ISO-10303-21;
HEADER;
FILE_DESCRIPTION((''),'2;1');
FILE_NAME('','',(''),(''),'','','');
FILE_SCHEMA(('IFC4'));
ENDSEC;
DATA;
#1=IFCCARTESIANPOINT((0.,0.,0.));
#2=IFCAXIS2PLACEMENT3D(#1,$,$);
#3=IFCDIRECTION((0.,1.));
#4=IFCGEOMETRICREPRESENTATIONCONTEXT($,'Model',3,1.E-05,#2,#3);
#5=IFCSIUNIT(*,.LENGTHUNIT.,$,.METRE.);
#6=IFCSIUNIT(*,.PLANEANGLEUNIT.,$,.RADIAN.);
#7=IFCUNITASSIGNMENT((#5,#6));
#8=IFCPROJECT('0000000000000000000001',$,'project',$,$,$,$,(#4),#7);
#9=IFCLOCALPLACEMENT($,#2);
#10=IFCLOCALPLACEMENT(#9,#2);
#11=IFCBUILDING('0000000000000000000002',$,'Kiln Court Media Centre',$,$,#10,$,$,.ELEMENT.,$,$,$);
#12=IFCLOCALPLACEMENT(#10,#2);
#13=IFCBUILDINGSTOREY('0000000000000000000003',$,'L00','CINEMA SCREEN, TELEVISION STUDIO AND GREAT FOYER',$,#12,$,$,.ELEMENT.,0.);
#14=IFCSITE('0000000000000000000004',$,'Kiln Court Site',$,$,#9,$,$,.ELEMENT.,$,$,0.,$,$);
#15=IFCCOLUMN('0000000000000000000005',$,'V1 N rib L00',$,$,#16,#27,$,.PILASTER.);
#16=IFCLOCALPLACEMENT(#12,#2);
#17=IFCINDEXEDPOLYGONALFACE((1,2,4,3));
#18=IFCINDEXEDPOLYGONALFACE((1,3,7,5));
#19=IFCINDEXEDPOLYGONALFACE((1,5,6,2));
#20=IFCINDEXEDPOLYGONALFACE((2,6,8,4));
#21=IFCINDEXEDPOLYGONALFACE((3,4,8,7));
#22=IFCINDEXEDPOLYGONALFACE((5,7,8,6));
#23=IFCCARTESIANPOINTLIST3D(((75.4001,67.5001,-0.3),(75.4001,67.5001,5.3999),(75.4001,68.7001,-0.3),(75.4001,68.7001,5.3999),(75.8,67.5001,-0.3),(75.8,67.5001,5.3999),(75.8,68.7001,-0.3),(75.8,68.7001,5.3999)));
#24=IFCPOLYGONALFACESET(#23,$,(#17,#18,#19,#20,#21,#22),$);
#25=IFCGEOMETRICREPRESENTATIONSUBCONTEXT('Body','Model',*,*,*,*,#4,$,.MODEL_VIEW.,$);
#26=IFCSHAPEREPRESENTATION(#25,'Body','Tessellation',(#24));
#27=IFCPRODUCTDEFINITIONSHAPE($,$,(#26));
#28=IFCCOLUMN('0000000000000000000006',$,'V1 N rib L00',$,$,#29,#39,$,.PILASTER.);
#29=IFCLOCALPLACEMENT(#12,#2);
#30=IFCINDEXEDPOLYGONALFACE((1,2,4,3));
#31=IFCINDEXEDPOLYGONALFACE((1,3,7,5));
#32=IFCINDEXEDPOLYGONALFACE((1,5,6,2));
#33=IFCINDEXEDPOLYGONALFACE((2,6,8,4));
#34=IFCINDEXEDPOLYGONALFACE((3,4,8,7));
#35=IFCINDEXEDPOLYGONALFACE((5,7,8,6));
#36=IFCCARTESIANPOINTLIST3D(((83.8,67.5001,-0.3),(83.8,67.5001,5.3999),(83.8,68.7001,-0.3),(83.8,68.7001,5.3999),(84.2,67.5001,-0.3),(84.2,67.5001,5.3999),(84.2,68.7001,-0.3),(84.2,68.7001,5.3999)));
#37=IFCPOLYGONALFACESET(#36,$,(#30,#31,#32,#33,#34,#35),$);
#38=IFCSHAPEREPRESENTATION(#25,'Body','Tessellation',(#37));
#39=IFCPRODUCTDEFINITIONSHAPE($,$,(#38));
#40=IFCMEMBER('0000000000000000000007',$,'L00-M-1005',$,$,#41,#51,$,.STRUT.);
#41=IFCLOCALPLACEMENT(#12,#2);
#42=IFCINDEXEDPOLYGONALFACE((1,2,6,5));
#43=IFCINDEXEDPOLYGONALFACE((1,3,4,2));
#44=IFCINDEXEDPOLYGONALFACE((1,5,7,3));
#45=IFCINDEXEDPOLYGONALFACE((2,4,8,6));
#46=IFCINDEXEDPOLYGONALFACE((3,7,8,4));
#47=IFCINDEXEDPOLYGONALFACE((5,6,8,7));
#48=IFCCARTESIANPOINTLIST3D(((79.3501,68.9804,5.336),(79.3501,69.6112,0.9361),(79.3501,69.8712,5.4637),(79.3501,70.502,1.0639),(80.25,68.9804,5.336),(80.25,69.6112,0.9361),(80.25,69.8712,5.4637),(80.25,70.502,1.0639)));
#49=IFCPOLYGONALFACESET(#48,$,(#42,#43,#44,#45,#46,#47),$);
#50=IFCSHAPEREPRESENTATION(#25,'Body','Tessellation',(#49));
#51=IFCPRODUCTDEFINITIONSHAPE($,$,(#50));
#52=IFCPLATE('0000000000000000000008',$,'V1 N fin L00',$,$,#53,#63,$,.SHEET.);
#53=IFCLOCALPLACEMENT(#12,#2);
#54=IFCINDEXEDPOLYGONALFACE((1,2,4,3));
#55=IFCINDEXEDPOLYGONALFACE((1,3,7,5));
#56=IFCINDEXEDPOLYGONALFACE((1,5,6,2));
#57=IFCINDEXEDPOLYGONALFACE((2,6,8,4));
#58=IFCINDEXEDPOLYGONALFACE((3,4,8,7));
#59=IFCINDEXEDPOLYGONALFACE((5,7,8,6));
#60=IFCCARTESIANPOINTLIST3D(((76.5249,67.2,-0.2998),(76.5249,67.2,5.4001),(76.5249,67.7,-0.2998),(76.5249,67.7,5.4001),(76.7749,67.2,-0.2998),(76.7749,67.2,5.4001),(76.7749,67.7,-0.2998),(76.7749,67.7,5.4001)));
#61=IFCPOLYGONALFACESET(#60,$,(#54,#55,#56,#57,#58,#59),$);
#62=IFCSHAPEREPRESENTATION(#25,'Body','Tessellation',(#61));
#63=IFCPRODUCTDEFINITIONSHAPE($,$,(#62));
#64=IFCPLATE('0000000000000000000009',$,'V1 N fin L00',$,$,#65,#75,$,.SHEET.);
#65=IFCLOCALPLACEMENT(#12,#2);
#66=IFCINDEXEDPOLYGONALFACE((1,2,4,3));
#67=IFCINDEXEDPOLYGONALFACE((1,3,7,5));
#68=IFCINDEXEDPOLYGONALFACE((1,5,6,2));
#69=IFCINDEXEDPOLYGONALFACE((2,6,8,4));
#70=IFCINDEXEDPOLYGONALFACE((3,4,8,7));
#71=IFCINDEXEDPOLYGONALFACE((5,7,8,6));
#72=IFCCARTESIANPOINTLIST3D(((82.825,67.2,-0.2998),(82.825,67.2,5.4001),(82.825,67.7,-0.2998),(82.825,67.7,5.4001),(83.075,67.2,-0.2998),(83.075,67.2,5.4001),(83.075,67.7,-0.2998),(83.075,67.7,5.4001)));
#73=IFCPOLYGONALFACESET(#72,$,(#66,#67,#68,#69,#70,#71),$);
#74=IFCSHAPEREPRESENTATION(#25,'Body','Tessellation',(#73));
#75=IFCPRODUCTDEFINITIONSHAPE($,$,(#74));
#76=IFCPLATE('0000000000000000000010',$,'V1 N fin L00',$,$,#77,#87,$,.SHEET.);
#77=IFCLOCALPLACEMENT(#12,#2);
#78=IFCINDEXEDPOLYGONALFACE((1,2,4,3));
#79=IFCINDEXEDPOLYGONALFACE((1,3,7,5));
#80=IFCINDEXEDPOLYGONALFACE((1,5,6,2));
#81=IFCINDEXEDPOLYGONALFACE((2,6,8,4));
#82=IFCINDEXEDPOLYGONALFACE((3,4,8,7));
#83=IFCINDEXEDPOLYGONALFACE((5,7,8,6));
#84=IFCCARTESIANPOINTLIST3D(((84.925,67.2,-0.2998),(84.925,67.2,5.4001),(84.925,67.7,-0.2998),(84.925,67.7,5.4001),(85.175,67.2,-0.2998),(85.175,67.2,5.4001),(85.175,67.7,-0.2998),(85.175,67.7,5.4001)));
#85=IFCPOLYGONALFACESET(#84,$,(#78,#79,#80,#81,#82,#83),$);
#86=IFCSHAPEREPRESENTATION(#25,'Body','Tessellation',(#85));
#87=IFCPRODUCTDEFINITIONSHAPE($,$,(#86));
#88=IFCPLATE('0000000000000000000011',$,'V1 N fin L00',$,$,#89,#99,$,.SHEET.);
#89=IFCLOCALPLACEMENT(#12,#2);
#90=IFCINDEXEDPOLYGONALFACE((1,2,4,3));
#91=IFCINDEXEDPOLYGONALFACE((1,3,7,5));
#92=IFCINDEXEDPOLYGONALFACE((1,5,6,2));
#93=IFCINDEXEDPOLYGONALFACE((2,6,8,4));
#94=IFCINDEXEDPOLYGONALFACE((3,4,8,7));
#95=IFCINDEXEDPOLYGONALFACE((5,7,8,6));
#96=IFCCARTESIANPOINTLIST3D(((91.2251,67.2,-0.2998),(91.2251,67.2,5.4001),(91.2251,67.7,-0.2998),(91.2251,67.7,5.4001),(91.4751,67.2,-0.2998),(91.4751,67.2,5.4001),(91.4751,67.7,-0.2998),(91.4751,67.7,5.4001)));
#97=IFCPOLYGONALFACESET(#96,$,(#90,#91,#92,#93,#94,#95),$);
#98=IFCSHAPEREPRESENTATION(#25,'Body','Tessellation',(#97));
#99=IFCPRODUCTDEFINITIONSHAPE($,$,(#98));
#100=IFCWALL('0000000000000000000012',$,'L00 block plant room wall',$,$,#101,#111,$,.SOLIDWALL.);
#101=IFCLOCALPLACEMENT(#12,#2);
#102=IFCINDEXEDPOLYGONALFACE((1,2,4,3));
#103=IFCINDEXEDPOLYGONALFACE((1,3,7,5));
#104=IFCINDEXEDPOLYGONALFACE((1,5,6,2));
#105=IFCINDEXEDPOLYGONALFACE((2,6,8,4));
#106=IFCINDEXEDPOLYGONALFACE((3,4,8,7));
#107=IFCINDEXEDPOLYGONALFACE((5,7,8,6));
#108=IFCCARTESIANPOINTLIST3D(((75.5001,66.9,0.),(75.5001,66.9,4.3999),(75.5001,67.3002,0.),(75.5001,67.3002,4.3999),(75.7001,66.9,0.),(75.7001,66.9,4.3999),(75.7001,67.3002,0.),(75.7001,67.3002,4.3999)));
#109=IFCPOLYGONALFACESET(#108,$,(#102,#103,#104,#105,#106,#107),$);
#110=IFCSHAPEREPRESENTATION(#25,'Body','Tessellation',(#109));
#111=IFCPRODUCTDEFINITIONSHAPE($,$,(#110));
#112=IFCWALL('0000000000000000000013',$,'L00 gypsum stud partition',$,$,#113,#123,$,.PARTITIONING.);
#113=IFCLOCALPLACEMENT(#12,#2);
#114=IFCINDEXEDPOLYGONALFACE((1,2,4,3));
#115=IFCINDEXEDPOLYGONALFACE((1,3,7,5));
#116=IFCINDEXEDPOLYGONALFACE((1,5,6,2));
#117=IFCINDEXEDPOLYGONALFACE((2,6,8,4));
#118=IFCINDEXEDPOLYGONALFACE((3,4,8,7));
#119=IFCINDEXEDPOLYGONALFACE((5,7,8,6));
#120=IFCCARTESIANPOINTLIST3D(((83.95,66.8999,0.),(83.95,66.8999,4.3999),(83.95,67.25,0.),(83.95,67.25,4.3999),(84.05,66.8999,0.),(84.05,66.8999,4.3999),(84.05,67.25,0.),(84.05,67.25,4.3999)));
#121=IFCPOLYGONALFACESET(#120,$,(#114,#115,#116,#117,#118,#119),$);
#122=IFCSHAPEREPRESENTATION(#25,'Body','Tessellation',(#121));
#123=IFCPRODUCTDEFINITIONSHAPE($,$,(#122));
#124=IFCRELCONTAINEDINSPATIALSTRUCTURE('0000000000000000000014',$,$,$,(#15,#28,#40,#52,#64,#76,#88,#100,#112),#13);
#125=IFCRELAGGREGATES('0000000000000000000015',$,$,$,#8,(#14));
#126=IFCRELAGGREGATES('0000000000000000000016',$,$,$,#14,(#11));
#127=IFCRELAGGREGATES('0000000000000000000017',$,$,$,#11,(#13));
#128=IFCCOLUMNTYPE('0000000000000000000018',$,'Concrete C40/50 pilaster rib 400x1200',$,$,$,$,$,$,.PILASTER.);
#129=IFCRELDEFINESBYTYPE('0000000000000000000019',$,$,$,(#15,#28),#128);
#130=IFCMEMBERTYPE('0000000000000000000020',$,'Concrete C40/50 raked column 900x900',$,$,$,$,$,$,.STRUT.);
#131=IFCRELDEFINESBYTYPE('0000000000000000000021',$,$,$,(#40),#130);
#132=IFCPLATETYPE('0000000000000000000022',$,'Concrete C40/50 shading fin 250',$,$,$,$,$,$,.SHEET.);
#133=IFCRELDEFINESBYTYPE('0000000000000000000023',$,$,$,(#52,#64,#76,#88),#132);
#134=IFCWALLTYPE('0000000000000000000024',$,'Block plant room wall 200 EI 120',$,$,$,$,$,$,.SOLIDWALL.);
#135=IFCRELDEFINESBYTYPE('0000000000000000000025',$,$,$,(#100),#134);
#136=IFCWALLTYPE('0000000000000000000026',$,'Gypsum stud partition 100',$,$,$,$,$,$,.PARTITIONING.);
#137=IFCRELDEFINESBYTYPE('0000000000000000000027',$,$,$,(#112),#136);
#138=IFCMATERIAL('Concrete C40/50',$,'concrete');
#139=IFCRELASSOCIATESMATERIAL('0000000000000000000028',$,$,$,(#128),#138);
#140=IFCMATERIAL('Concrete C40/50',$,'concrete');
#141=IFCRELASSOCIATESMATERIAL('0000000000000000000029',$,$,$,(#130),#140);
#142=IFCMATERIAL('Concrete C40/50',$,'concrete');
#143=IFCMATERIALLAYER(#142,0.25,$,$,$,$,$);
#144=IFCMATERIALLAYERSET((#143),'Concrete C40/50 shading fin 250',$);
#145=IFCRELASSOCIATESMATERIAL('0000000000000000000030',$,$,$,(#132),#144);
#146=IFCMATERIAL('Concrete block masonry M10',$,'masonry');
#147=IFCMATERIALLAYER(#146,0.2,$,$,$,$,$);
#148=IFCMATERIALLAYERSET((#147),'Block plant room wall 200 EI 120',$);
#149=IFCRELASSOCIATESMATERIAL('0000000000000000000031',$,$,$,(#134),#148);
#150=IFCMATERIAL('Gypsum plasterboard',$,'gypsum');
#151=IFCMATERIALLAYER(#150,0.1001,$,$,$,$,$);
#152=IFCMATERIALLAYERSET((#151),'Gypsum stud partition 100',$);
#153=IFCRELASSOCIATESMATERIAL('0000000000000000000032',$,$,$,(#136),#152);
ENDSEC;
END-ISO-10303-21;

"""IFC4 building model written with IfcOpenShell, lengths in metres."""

from ifc_helpers import new_model, si_unit, direction, frame, frame_2d, origin, origin_2d, place, context, subcontext, project, spatial, rectangle, extrude, material, layer, layer_set, material_profile, profile_set, type_object, element, save


model = new_model("IFC4")

# Units and contexts
model_context = context("Model", 3, precision=1e-05, world=origin(), true_north=direction((0.0, 1.0)))
body_context = subcontext(model_context, "Body", "Model", "MODEL_VIEW")
ifc_project = project(units=[si_unit("LENGTHUNIT", "METRE"), si_unit("PLANEANGLEUNIT", "RADIAN")], contexts=[model_context])

# Site, building, storey
site_placement = place(None, origin())
site = spatial("IfcSite", under=ifc_project, at=site_placement, Name="Kiln Court Site", CompositionType="ELEMENT", RefElevation=0.0)
building_placement = place(site_placement, origin())
building = spatial("IfcBuilding", under=site, at=building_placement, Name="Kiln Court Media Centre", CompositionType="ELEMENT")
storey_placement = place(building_placement, origin())
storey = spatial("IfcBuildingStorey", under=building, at=storey_placement, Name="L00", Description="CINEMA SCREEN, TELEVISION STUDIO AND GREAT FOYER", CompositionType="ELEMENT", Elevation=0.0)

# Columns
ifc_material_1 = material(Name="Concrete C40/50", Category="concrete")
ifc_material_profile_1 = material_profile(ifc_material_1, rectangle(XDim=0.3999, YDim=1.2, at=origin_2d()), Name="RC 400x1200")
ifc_profile_set_1 = profile_set([ifc_material_profile_1], Name="Concrete C40/50")
column_type_1 = type_object("IfcColumnType", Name="Concrete C40/50 pilaster rib 400x1200", PredefinedType="PILASTER", material=ifc_profile_set_1)
for number, where, z_axis, x_axis, name in (
    (1, (75.6001, 68.1001, -0.3), (0.0, 0.0, 1.0), (1.0, 0.0, 0.0), "V1 N rib L00"),
    (2, (84.0, 68.1001, -0.3), (0.0, 0.0, 1.0), (1.0, 0.0, 0.0), "V1 N rib L00"),
):
    element("IfcColumn", number, at=place(storey_placement, frame(where, z_axis=z_axis, x_axis=x_axis)), inside=storey, type_object=column_type_1, Name=name, PredefinedType="PILASTER", context=body_context, shape_type="SweptSolid", body=[
        extrude(rectangle(XDim=0.3999, YDim=1.2, at=origin_2d()), origin(), (0.0, 0.0, 1.0), 5.7),
    ])

# Member
ifc_material_2 = material(Name="Concrete C40/50", Category="concrete")
ifc_material_profile_2 = material_profile(ifc_material_2, rectangle(XDim=0.8999, YDim=0.8999, at=origin_2d()), Name="RC 900x900")
ifc_profile_set_2 = profile_set([ifc_material_profile_2], Name="Concrete C40/50")
member_type = type_object("IfcMemberType", Name="Concrete C40/50 raked column 900x900", PredefinedType="STRUT", material=ifc_profile_set_2)
member_placement = place(storey_placement, frame((79.8, 70.0566, 1.0), z_axis=(0.0, -0.141929, 0.989877), x_axis=(1.0, 0.0, 0.0)))
element("IfcMember", 3, at=member_placement, inside=storey, type_object=member_type, Name="L00-M-1005", PredefinedType="STRUT", context=body_context, shape_type="SweptSolid", body=[
    extrude(rectangle(XDim=0.8999, YDim=0.8999, at=origin_2d()), origin(), (0.0, 0.0, 1.0), 4.4448),
])

# Plates
ifc_material_3 = material(Name="Concrete C40/50", Category="concrete")
ifc_layer_1 = layer(ifc_material_3, 0.25)
ifc_layer_set_1 = layer_set([ifc_layer_1], Name="Concrete C40/50 shading fin 250")
plate_type = type_object("IfcPlateType", Name="Concrete C40/50 shading fin 250", PredefinedType="SHEET", material=ifc_layer_set_1)
for number, where, z_axis, x_axis, name in (
    (4, (76.6499, 67.45, -0.2998), (0.0, 0.0, 1.0), (1.0, 0.0, 0.0), "V1 N fin L00"),
    (5, (82.95, 67.45, -0.2998), (0.0, 0.0, 1.0), (1.0, 0.0, 0.0), "V1 N fin L00"),
    (6, (85.05, 67.45, -0.2998), (0.0, 0.0, 1.0), (1.0, 0.0, 0.0), "V1 N fin L00"),
    (7, (91.3501, 67.45, -0.2998), (0.0, 0.0, 1.0), (1.0, 0.0, 0.0), "V1 N fin L00"),
):
    element("IfcPlate", number, at=place(storey_placement, frame(where, z_axis=z_axis, x_axis=x_axis)), inside=storey, type_object=plate_type, Name=name, PredefinedType="SHEET", context=body_context, shape_type="SweptSolid", body=[
        extrude(rectangle(XDim=0.25, YDim=0.5, at=origin_2d()), origin(), (0.0, 0.0, 1.0), 5.7),
    ])

# Walls
ifc_material_4 = material(Name="Concrete block masonry M10", Category="masonry")
ifc_layer_2 = layer(ifc_material_4, 0.2)
ifc_layer_set_2 = layer_set([ifc_layer_2], Name="Block plant room wall 200 EI 120")
wall_type_1 = type_object("IfcWallType", Name="Block plant room wall 200 EI 120", PredefinedType="SOLIDWALL", material=ifc_layer_set_2)
wall_1_placement = place(storey_placement, frame((75.6001, 66.8999, 0.0), z_axis=(0.0, 0.0, 1.0), x_axis=(0.0, 1.0, 0.0)))
element("IfcWall", 8, at=wall_1_placement, inside=storey, type_object=wall_type_1, Name="L00 block plant room wall", PredefinedType="SOLIDWALL", context=body_context, shape_type="SweptSolid", body=[
    extrude(rectangle(XDim=0.4001, YDim=0.2, at=frame_2d((0.2002, 0.0))), origin(), (0.0, 0.0, 1.0), 4.3999),
])
ifc_material_5 = material(Name="Gypsum plasterboard", Category="gypsum")
ifc_layer_3 = layer(ifc_material_5, 0.1001)
ifc_layer_set_3 = layer_set([ifc_layer_3], Name="Gypsum stud partition 100")
wall_type_2 = type_object("IfcWallType", Name="Gypsum stud partition 100", PredefinedType="PARTITIONING", material=ifc_layer_set_3)
wall_2_placement = place(storey_placement, frame((84.0, 66.8999, 0.0), z_axis=(0.0, 0.0, 1.0), x_axis=(0.0, 1.0, 0.0)))
element("IfcWall", 9, at=wall_2_placement, inside=storey, type_object=wall_type_2, Name="L00 gypsum stud partition", PredefinedType="PARTITIONING", context=body_context, shape_type="SweptSolid", body=[
    extrude(rectangle(XDim=0.3501, YDim=0.1001, at=frame_2d((0.175, 0.0))), origin(), (0.0, 0.0, 1.0), 4.3999),
])

save(model, "model.ifc")
